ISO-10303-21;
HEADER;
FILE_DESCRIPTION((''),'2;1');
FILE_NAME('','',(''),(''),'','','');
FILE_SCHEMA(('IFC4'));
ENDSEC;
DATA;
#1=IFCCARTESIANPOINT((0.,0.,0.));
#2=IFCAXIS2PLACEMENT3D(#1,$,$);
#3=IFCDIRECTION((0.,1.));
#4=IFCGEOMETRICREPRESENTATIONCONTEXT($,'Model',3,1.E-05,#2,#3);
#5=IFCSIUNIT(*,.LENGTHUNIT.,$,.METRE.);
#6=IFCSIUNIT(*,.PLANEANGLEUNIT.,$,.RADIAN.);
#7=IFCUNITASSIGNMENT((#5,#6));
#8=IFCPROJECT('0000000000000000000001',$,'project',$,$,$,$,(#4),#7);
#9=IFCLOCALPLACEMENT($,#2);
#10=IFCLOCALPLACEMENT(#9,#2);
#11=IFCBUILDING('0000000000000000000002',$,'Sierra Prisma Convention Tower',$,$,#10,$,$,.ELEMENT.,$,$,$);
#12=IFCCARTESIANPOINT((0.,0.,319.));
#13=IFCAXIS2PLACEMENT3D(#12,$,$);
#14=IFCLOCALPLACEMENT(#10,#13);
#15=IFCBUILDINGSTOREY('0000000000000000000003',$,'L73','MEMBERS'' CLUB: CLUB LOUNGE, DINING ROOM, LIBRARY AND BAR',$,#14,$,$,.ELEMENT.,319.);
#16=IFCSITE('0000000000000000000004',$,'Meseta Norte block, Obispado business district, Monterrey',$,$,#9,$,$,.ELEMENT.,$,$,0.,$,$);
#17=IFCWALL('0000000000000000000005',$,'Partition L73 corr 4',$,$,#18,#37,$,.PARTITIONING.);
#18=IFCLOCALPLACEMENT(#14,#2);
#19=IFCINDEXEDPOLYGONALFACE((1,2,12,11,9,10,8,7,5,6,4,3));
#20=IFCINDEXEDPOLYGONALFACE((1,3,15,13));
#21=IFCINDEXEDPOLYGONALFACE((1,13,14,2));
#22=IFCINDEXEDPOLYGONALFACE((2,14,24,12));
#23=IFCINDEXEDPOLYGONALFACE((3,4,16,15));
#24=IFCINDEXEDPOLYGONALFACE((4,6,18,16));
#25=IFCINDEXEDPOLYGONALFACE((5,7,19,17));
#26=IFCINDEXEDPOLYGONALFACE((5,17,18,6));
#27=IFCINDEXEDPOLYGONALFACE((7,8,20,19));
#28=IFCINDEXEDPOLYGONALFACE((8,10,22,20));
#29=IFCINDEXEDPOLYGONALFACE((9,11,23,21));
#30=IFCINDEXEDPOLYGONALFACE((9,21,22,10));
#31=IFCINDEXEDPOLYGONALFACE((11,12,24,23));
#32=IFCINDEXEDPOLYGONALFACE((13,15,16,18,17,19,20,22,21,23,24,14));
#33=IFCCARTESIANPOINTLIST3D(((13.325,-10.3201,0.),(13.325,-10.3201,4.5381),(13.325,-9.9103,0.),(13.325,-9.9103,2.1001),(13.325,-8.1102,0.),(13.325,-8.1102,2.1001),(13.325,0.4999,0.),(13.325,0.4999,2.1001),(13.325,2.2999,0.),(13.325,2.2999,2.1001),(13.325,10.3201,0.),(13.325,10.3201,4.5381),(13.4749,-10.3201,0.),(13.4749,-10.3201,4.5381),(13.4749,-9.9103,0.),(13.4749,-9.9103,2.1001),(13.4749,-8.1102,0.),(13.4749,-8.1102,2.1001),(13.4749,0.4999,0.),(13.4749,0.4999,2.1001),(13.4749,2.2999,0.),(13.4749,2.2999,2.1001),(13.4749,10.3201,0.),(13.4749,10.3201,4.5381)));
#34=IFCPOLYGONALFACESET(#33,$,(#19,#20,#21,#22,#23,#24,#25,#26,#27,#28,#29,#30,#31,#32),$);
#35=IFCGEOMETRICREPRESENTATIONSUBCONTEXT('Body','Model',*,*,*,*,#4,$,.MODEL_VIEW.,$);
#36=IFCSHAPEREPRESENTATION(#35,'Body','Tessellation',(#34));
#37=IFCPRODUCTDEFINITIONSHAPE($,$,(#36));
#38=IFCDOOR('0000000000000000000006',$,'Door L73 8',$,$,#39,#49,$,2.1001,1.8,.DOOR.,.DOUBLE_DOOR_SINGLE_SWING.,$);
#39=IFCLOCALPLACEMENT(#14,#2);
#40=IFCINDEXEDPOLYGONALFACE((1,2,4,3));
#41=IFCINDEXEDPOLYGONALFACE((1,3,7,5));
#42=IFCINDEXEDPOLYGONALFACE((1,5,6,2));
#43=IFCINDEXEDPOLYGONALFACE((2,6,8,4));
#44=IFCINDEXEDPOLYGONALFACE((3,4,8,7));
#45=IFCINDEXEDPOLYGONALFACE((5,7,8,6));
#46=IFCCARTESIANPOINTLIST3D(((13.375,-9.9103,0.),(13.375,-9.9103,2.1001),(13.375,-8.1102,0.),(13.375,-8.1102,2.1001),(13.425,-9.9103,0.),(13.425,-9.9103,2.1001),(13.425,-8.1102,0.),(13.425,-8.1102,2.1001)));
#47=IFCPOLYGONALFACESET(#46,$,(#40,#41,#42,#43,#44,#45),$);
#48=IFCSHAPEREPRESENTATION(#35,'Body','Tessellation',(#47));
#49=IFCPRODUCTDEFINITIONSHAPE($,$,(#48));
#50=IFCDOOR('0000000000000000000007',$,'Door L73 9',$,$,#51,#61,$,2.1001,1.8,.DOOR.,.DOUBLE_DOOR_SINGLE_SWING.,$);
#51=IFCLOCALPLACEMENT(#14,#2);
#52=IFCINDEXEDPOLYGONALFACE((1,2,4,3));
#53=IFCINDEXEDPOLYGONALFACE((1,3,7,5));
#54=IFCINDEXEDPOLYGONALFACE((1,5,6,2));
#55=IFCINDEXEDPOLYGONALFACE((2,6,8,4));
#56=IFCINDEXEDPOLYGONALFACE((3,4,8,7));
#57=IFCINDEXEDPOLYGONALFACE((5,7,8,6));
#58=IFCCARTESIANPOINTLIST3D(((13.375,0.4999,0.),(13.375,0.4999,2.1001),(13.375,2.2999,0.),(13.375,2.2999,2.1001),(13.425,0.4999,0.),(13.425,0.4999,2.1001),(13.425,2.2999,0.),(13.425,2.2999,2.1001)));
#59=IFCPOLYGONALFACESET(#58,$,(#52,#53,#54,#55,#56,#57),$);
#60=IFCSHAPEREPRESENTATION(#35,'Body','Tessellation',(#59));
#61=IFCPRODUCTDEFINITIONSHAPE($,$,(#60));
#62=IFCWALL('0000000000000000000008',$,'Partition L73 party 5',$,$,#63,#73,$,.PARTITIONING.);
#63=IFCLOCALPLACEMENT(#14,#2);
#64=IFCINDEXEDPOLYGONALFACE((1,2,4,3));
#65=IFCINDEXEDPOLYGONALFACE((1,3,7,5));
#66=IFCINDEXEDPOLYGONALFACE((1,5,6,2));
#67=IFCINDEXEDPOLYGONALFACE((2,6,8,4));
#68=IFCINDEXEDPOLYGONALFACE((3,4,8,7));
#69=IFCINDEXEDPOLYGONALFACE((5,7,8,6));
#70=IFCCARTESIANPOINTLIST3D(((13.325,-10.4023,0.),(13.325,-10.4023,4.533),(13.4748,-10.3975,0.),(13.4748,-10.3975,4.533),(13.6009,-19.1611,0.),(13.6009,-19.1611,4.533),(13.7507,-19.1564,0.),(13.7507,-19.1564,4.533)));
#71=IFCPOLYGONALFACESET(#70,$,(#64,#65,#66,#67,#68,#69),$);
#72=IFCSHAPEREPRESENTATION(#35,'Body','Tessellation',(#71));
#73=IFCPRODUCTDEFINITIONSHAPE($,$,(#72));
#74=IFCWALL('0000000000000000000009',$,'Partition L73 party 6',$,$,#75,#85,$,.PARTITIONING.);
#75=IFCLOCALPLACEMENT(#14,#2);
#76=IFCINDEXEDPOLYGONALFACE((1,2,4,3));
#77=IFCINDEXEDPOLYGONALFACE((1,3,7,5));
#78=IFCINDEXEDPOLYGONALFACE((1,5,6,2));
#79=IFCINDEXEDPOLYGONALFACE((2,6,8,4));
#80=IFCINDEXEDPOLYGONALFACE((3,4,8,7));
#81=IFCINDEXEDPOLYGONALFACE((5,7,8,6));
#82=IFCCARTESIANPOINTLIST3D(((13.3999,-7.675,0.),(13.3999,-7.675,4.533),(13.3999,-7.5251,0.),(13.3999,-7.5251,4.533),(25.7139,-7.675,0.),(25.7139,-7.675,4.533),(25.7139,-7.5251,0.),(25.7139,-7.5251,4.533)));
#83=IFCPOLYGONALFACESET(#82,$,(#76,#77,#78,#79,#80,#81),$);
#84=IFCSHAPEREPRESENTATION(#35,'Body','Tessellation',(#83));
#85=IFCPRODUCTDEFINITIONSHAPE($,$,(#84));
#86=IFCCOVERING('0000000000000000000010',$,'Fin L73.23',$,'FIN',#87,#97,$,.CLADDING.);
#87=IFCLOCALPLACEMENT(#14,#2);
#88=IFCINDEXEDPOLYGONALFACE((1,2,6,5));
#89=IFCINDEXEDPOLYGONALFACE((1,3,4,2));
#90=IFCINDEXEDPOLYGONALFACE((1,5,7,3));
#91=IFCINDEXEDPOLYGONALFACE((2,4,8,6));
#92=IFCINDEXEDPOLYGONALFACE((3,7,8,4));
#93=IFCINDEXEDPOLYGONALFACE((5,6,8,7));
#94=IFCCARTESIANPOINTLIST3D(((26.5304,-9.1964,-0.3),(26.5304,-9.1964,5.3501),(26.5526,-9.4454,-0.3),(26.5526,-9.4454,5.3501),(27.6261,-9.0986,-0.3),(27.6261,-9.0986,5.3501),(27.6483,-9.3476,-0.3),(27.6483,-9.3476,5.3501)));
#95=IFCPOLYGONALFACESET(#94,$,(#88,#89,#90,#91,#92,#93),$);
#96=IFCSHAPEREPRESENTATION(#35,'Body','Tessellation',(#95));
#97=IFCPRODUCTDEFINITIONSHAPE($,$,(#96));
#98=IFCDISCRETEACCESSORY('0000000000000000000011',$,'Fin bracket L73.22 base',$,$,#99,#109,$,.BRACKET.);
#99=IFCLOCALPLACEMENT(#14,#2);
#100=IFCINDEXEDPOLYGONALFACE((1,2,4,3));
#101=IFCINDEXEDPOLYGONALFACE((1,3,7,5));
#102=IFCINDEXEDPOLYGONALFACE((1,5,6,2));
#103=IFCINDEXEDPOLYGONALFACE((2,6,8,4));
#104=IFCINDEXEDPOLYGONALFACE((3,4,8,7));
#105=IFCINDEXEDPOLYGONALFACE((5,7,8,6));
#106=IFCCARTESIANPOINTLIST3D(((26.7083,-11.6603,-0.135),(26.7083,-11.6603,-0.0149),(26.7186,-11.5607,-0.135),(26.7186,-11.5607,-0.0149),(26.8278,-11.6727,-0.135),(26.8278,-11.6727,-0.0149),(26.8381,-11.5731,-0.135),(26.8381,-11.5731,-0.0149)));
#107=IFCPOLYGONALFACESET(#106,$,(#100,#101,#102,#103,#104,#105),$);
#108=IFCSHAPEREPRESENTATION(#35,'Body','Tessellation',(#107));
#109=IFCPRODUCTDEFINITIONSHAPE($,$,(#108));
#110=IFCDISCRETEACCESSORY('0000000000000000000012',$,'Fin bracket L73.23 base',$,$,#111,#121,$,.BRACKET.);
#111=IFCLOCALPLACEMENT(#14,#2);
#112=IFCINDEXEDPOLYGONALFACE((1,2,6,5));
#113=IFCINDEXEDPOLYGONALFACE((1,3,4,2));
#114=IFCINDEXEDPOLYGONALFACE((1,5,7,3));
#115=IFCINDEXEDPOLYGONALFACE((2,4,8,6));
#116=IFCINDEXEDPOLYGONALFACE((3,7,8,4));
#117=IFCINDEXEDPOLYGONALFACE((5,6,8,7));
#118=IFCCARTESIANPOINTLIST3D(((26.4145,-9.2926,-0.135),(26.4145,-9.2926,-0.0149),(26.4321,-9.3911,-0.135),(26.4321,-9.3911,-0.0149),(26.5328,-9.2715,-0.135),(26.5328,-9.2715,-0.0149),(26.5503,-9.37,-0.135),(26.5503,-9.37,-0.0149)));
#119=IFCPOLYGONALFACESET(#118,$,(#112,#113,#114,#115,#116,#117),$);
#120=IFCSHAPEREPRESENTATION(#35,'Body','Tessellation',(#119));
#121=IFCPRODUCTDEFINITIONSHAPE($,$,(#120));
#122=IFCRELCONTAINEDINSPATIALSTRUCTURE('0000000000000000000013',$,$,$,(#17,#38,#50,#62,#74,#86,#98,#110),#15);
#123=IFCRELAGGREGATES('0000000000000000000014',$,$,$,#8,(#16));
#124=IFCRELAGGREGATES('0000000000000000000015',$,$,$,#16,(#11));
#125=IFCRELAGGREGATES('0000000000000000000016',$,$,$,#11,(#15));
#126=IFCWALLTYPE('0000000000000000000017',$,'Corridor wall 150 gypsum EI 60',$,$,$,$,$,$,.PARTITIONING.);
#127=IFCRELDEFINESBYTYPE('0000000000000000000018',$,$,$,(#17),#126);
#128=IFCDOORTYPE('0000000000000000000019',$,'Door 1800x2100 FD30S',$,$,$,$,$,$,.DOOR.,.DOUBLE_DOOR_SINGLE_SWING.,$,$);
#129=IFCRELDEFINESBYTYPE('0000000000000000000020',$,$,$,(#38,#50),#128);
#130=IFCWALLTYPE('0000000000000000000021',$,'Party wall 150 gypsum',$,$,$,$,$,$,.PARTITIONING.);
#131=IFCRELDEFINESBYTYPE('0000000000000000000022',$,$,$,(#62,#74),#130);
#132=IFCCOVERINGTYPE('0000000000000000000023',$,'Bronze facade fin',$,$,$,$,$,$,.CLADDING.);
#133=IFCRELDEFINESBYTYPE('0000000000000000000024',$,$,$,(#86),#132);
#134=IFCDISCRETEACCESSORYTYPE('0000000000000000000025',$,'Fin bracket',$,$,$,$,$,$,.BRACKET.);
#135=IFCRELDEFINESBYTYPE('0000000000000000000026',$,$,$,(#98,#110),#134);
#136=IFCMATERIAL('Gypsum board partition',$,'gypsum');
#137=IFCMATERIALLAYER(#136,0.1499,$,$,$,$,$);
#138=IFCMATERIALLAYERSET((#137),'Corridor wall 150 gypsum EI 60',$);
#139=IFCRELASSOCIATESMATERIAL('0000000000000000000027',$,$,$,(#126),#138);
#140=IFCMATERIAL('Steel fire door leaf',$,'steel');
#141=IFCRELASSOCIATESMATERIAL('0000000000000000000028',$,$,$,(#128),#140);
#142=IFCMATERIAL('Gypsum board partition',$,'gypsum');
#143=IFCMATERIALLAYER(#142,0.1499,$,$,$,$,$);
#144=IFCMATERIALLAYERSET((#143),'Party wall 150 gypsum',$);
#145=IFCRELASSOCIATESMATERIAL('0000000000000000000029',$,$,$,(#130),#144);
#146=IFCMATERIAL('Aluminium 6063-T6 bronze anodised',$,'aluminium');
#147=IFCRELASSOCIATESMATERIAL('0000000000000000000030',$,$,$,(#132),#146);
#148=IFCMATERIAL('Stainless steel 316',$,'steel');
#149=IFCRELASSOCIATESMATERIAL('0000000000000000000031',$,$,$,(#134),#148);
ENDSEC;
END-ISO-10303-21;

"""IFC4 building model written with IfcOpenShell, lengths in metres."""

from ifc_helpers import new_model, si_unit, direction, frame, frame_2d, origin, origin_2d, place, context, subcontext, project, spatial, rectangle, extrude, material, layer, layer_set, material_profile, profile_set, type_object, element, fill, save


model = new_model("IFC4")

# Units and contexts
model_context = context("Model", 3, precision=1e-05, world=origin(), true_north=direction((0.0, 1.0)))
body_context = subcontext(model_context, "Body", "Model", "MODEL_VIEW")
ifc_project = project(units=[si_unit("LENGTHUNIT", "METRE"), si_unit("PLANEANGLEUNIT", "RADIAN")], contexts=[model_context])

# Site, building, storey
site_placement = place(None, origin())
site = spatial("IfcSite", under=ifc_project, at=site_placement, Name="Meseta Norte block, Obispado business district, Monterrey", CompositionType="ELEMENT", RefElevation=0.0)
building_placement = place(site_placement, origin())
building = spatial("IfcBuilding", under=site, at=building_placement, Name="Sierra Prisma Convention Tower", CompositionType="ELEMENT")
storey_placement = place(building_placement, frame((0.0, 0.0, 319.0)))
storey = spatial("IfcBuildingStorey", under=building, at=storey_placement, Name="L73", Description="MEMBERS' CLUB: CLUB LOUNGE, DINING ROOM, LIBRARY AND BAR", CompositionType="ELEMENT", Elevation=319.0)

# Wall, openings, doors
ifc_material_1 = material(Name="Gypsum board partition", Category="gypsum")
ifc_layer_1 = layer(ifc_material_1, 0.1499)
ifc_layer_set_1 = layer_set([ifc_layer_1], Name="Corridor wall 150 gypsum EI 60")
wall_type_1 = type_object("IfcWallType", Name="Corridor wall 150 gypsum EI 60", PredefinedType="PARTITIONING", material=ifc_layer_set_1)
wall_1_placement = place(storey_placement, frame((13.3999, -10.3201, 0.0), z_axis=(0.0, 0.0, 1.0), x_axis=(0.0, 1.0, 0.0)))
wall_1 = element("IfcWall", 1, at=wall_1_placement, inside=storey, type_object=wall_type_1, Name="Partition L73 corr 4", PredefinedType="PARTITIONING", context=body_context, shape_type="SweptSolid", body=[
    extrude(rectangle(XDim=20.6401, YDim=0.1499, at=frame_2d((10.3201, 0.0))), origin(), (0.0, 0.0, 1.0), 4.5381),
])
opening_1_placement = place(wall_1_placement, frame((0.4099, 0.0, 0.0)))
opening_1 = element("IfcOpeningElement", 2, at=opening_1_placement, cuts=wall_1, PredefinedType="OPENING", context=body_context, shape_type="SweptSolid", body=[
    extrude(rectangle(XDim=1.8, YDim=2.1001, at=frame_2d((0.8999, 1.05))), frame((0.0, 0.075, 0.0), z_axis=(0.0, -1.0, 0.0), x_axis=(1.0, 0.0, 0.0)), (0.0, 0.0, 1.0), 0.1499),
])
opening_2_placement = place(wall_1_placement, frame((10.8201, 0.0, 0.0)))
opening_2 = element("IfcOpeningElement", 3, at=opening_2_placement, cuts=wall_1, PredefinedType="OPENING", context=body_context, shape_type="SweptSolid", body=[
    extrude(rectangle(XDim=1.8, YDim=2.1001, at=frame_2d((0.8999, 1.05))), frame((0.0, 0.075, 0.0), z_axis=(0.0, -1.0, 0.0), x_axis=(1.0, 0.0, 0.0)), (0.0, 0.0, 1.0), 0.1499),
])
ifc_material_2 = material(Name="Steel fire door leaf", Category="steel")
door_type_1 = type_object("IfcDoorType", Name="Door 1800x2100 FD30S", OperationType="DOUBLE_DOOR_SINGLE_SWING", PredefinedType="DOOR", material=ifc_material_2)
door_1_placement = place(opening_1_placement, origin())
door_1 = element("IfcDoor", 4, at=door_1_placement, inside=storey, type_object=door_type_1, Name="Door L73 8", OperationType="DOUBLE_DOOR_SINGLE_SWING", OverallHeight=2.1001, OverallWidth=1.8, PredefinedType="DOOR", context=body_context, shape_type="SweptSolid", body=[
    extrude(rectangle(XDim=1.8, YDim=2.1001, at=frame_2d((0.8999, 1.05))), frame((0.0, 0.0249, 0.0), z_axis=(0.0, -1.0, 0.0), x_axis=(1.0, 0.0, 0.0)), (0.0, 0.0, 1.0), 0.05),
])
fill(opening_1, door_1)
door_2_placement = place(opening_2_placement, origin())
door_2 = element("IfcDoor", 5, at=door_2_placement, inside=storey, type_object=door_type_1, Name="Door L73 9", OperationType="DOUBLE_DOOR_SINGLE_SWING", OverallHeight=2.1001, OverallWidth=1.8, PredefinedType="DOOR", context=body_context, shape_type="SweptSolid", body=[
    extrude(rectangle(XDim=1.8, YDim=2.1001, at=frame_2d((0.8999, 1.05))), frame((0.0, 0.0249, 0.0), z_axis=(0.0, -1.0, 0.0), x_axis=(1.0, 0.0, 0.0)), (0.0, 0.0, 1.0), 0.05),
])
fill(opening_2, door_2)

# Walls
ifc_material_3 = material(Name="Gypsum board partition", Category="gypsum")
ifc_layer_2 = layer(ifc_material_3, 0.1499)
ifc_layer_set_2 = layer_set([ifc_layer_2], Name="Party wall 150 gypsum")
wall_type_2 = type_object("IfcWallType", Name="Party wall 150 gypsum", PredefinedType="PARTITIONING", material=ifc_layer_set_2)
wall_2_placement = place(storey_placement, frame((13.3999, -10.3999, 0.0), z_axis=(0.0, 0.0, 1.0), x_axis=(0.031482, -0.999504, 0.0)))
element("IfcWall", 6, at=wall_2_placement, inside=storey, type_object=wall_type_2, Name="Partition L73 party 5", PredefinedType="PARTITIONING", context=body_context, shape_type="SweptSolid", body=[
    extrude(rectangle(XDim=8.7632, YDim=0.1499, at=frame_2d((4.3816, 0.0))), origin(), (0.0, 0.0, 1.0), 4.533),
])
wall_3_placement = place(storey_placement, frame((13.3999, -7.6001, 0.0), z_axis=(0.0, 0.0, 1.0), x_axis=(1.0, 0.0, 0.0)))
element("IfcWall", 7, at=wall_3_placement, inside=storey, type_object=wall_type_2, Name="Partition L73 party 6", PredefinedType="PARTITIONING", context=body_context, shape_type="SweptSolid", body=[
    extrude(rectangle(XDim=12.314, YDim=0.1499, at=frame_2d((6.157, 0.0))), origin(), (0.0, 0.0, 1.0), 4.533),
])

# Covering
ifc_material_4 = material(Name="Aluminium 6063-T6 bronze anodised", Category="aluminium")
ifc_material_profile_1 = material_profile(ifc_material_4, rectangle(XDim=1.1001, YDim=0.25, at=origin_2d()), Name="ALU FIN 1100x250")
ifc_profile_set_1 = profile_set([ifc_material_profile_1], Name="Aluminium 6063-T6 bronze anodised")
covering_type = type_object("IfcCoveringType", Name="Bronze facade fin", PredefinedType="CLADDING", material=ifc_profile_set_1)
covering_placement = place(storey_placement, frame((27.0894, -9.272, -0.3), z_axis=(0.0, 0.0, 1.0), x_axis=(0.996041, 0.088894, 0.0)))
element("IfcCovering", 8, at=covering_placement, inside=storey, type_object=covering_type, Name="Fin L73.23", ObjectType="FIN", PredefinedType="CLADDING", context=body_context, shape_type="SweptSolid", body=[
    extrude(rectangle(XDim=1.1001, YDim=0.25, at=origin_2d()), origin(), (0.0, 0.0, 1.0), 5.6501),
])

# Discrete accessories
ifc_material_5 = material(Name="Stainless steel 316", Category="steel")
discrete_accessory_type = type_object("IfcDiscreteAccessoryType", Name="Fin bracket", PredefinedType="BRACKET", material=ifc_material_5)
for number, where, z_axis, x_axis, name in (
    (9, (26.7732, -11.6167, -0.135), (0.0, 0.0, 1.0), (0.994631, -0.103487, 0.0), "Fin bracket L73.22 base"),
    (10, (26.4824, -9.3313, -0.135), (0.0, 0.0, 1.0), (0.984503, 0.175367, 0.0), "Fin bracket L73.23 base"),
):
    element("IfcDiscreteAccessory", number, at=place(storey_placement, frame(where, z_axis=z_axis, x_axis=x_axis)), inside=storey, type_object=discrete_accessory_type, Name=name, PredefinedType="BRACKET", context=body_context, shape_type="SweptSolid", body=[
        extrude(rectangle(XDim=0.1201, YDim=0.1001, at=origin_2d()), origin(), (0.0, 0.0, 1.0), 0.1201),
    ])

save(model, "model.ifc")
